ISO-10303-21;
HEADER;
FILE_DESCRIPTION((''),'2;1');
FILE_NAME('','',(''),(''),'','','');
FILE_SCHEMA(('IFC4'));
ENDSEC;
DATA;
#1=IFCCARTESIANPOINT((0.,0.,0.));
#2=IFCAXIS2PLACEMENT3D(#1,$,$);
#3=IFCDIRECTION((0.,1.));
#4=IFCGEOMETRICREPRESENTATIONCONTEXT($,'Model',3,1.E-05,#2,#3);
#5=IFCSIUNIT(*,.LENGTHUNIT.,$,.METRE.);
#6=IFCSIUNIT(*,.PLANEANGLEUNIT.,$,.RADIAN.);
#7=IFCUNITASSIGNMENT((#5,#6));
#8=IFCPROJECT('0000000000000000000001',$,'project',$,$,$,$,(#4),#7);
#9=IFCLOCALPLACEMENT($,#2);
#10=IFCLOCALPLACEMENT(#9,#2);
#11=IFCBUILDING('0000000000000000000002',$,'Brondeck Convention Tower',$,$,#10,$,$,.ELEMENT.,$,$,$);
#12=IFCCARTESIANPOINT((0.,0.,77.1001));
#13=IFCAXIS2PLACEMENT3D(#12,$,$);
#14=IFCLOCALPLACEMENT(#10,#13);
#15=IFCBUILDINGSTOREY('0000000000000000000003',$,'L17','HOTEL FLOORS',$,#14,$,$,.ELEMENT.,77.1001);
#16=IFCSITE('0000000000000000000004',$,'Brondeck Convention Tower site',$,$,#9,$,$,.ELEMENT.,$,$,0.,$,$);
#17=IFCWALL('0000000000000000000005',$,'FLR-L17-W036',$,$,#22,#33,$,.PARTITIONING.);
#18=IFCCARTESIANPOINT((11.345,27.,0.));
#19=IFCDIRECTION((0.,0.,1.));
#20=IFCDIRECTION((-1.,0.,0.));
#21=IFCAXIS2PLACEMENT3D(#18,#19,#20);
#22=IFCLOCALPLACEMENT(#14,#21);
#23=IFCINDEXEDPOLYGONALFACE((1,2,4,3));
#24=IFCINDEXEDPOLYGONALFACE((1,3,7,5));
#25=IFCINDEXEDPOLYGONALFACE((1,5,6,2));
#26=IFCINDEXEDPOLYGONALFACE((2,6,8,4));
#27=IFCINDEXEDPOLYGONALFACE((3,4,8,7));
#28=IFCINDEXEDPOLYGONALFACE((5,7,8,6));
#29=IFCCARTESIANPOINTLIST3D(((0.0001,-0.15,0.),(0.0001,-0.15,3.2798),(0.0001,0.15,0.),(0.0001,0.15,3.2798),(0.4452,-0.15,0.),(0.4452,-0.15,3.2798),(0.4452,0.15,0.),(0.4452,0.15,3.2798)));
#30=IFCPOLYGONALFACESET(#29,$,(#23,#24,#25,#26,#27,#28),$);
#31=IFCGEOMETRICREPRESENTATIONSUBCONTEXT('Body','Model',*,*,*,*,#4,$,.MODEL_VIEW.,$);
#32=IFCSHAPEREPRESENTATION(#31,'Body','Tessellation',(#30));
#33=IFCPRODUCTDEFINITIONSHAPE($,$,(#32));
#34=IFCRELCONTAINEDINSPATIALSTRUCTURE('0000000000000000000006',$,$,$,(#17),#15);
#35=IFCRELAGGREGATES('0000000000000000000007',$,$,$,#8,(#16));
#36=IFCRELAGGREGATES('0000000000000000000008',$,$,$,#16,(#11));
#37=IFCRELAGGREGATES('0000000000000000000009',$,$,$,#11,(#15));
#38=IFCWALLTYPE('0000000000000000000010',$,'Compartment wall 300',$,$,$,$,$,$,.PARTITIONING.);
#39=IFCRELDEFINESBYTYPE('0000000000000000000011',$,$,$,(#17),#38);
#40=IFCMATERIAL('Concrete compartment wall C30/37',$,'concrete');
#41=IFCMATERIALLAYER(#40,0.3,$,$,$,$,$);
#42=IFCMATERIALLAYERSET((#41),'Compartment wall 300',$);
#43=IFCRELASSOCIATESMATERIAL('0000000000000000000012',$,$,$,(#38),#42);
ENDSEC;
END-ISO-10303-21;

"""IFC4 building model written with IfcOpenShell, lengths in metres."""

from ifc_helpers import new_model, si_unit, direction, frame, frame_2d, origin, place, context, subcontext, project, spatial, rectangle, extrude, material, layer, layer_set, type_object, element, save


model = new_model("IFC4")

# Units and contexts
model_context = context("Model", 3, precision=1e-05, world=origin(), true_north=direction((0.0, 1.0)))
body_context = subcontext(model_context, "Body", "Model", "MODEL_VIEW")
ifc_project = project(units=[si_unit("LENGTHUNIT", "METRE"), si_unit("PLANEANGLEUNIT", "RADIAN")], contexts=[model_context])

# Site, building, storey
site_placement = place(None, origin())
site = spatial("IfcSite", under=ifc_project, at=site_placement, Name="Brondeck Convention Tower site", CompositionType="ELEMENT", RefElevation=0.0)
building_placement = place(site_placement, origin())
building = spatial("IfcBuilding", under=site, at=building_placement, Name="Brondeck Convention Tower", CompositionType="ELEMENT")
storey_placement = place(building_placement, frame((0.0, 0.0, 77.1001)))
storey = spatial("IfcBuildingStorey", under=building, at=storey_placement, Name="L17", Description="HOTEL FLOORS", CompositionType="ELEMENT", Elevation=77.1001)

# Wall
ifc_material_1 = material(Name="Concrete compartment wall C30/37", Category="concrete")
ifc_layer_1 = layer(ifc_material_1, 0.3)
ifc_layer_set_1 = layer_set([ifc_layer_1], Name="Compartment wall 300")
wall_type_1 = type_object("IfcWallType", Name="Compartment wall 300", PredefinedType="PARTITIONING", material=ifc_layer_set_1)
wall_1_placement = place(storey_placement, frame((11.345, 27.0, 0.0), z_axis=(0.0, 0.0, 1.0), x_axis=(-1.0, 0.0, 0.0)))
element("IfcWall", 1, at=wall_1_placement, inside=storey, type_object=wall_type_1, Name="FLR-L17-W036", PredefinedType="PARTITIONING", context=body_context, shape_type="SweptSolid", body=[
    extrude(rectangle(XDim=0.4451, YDim=0.3, at=frame_2d((0.2227, 0.0))), origin(), (0.0, 0.0, 1.0), 3.2798),
])

save(model, "model.ifc")
